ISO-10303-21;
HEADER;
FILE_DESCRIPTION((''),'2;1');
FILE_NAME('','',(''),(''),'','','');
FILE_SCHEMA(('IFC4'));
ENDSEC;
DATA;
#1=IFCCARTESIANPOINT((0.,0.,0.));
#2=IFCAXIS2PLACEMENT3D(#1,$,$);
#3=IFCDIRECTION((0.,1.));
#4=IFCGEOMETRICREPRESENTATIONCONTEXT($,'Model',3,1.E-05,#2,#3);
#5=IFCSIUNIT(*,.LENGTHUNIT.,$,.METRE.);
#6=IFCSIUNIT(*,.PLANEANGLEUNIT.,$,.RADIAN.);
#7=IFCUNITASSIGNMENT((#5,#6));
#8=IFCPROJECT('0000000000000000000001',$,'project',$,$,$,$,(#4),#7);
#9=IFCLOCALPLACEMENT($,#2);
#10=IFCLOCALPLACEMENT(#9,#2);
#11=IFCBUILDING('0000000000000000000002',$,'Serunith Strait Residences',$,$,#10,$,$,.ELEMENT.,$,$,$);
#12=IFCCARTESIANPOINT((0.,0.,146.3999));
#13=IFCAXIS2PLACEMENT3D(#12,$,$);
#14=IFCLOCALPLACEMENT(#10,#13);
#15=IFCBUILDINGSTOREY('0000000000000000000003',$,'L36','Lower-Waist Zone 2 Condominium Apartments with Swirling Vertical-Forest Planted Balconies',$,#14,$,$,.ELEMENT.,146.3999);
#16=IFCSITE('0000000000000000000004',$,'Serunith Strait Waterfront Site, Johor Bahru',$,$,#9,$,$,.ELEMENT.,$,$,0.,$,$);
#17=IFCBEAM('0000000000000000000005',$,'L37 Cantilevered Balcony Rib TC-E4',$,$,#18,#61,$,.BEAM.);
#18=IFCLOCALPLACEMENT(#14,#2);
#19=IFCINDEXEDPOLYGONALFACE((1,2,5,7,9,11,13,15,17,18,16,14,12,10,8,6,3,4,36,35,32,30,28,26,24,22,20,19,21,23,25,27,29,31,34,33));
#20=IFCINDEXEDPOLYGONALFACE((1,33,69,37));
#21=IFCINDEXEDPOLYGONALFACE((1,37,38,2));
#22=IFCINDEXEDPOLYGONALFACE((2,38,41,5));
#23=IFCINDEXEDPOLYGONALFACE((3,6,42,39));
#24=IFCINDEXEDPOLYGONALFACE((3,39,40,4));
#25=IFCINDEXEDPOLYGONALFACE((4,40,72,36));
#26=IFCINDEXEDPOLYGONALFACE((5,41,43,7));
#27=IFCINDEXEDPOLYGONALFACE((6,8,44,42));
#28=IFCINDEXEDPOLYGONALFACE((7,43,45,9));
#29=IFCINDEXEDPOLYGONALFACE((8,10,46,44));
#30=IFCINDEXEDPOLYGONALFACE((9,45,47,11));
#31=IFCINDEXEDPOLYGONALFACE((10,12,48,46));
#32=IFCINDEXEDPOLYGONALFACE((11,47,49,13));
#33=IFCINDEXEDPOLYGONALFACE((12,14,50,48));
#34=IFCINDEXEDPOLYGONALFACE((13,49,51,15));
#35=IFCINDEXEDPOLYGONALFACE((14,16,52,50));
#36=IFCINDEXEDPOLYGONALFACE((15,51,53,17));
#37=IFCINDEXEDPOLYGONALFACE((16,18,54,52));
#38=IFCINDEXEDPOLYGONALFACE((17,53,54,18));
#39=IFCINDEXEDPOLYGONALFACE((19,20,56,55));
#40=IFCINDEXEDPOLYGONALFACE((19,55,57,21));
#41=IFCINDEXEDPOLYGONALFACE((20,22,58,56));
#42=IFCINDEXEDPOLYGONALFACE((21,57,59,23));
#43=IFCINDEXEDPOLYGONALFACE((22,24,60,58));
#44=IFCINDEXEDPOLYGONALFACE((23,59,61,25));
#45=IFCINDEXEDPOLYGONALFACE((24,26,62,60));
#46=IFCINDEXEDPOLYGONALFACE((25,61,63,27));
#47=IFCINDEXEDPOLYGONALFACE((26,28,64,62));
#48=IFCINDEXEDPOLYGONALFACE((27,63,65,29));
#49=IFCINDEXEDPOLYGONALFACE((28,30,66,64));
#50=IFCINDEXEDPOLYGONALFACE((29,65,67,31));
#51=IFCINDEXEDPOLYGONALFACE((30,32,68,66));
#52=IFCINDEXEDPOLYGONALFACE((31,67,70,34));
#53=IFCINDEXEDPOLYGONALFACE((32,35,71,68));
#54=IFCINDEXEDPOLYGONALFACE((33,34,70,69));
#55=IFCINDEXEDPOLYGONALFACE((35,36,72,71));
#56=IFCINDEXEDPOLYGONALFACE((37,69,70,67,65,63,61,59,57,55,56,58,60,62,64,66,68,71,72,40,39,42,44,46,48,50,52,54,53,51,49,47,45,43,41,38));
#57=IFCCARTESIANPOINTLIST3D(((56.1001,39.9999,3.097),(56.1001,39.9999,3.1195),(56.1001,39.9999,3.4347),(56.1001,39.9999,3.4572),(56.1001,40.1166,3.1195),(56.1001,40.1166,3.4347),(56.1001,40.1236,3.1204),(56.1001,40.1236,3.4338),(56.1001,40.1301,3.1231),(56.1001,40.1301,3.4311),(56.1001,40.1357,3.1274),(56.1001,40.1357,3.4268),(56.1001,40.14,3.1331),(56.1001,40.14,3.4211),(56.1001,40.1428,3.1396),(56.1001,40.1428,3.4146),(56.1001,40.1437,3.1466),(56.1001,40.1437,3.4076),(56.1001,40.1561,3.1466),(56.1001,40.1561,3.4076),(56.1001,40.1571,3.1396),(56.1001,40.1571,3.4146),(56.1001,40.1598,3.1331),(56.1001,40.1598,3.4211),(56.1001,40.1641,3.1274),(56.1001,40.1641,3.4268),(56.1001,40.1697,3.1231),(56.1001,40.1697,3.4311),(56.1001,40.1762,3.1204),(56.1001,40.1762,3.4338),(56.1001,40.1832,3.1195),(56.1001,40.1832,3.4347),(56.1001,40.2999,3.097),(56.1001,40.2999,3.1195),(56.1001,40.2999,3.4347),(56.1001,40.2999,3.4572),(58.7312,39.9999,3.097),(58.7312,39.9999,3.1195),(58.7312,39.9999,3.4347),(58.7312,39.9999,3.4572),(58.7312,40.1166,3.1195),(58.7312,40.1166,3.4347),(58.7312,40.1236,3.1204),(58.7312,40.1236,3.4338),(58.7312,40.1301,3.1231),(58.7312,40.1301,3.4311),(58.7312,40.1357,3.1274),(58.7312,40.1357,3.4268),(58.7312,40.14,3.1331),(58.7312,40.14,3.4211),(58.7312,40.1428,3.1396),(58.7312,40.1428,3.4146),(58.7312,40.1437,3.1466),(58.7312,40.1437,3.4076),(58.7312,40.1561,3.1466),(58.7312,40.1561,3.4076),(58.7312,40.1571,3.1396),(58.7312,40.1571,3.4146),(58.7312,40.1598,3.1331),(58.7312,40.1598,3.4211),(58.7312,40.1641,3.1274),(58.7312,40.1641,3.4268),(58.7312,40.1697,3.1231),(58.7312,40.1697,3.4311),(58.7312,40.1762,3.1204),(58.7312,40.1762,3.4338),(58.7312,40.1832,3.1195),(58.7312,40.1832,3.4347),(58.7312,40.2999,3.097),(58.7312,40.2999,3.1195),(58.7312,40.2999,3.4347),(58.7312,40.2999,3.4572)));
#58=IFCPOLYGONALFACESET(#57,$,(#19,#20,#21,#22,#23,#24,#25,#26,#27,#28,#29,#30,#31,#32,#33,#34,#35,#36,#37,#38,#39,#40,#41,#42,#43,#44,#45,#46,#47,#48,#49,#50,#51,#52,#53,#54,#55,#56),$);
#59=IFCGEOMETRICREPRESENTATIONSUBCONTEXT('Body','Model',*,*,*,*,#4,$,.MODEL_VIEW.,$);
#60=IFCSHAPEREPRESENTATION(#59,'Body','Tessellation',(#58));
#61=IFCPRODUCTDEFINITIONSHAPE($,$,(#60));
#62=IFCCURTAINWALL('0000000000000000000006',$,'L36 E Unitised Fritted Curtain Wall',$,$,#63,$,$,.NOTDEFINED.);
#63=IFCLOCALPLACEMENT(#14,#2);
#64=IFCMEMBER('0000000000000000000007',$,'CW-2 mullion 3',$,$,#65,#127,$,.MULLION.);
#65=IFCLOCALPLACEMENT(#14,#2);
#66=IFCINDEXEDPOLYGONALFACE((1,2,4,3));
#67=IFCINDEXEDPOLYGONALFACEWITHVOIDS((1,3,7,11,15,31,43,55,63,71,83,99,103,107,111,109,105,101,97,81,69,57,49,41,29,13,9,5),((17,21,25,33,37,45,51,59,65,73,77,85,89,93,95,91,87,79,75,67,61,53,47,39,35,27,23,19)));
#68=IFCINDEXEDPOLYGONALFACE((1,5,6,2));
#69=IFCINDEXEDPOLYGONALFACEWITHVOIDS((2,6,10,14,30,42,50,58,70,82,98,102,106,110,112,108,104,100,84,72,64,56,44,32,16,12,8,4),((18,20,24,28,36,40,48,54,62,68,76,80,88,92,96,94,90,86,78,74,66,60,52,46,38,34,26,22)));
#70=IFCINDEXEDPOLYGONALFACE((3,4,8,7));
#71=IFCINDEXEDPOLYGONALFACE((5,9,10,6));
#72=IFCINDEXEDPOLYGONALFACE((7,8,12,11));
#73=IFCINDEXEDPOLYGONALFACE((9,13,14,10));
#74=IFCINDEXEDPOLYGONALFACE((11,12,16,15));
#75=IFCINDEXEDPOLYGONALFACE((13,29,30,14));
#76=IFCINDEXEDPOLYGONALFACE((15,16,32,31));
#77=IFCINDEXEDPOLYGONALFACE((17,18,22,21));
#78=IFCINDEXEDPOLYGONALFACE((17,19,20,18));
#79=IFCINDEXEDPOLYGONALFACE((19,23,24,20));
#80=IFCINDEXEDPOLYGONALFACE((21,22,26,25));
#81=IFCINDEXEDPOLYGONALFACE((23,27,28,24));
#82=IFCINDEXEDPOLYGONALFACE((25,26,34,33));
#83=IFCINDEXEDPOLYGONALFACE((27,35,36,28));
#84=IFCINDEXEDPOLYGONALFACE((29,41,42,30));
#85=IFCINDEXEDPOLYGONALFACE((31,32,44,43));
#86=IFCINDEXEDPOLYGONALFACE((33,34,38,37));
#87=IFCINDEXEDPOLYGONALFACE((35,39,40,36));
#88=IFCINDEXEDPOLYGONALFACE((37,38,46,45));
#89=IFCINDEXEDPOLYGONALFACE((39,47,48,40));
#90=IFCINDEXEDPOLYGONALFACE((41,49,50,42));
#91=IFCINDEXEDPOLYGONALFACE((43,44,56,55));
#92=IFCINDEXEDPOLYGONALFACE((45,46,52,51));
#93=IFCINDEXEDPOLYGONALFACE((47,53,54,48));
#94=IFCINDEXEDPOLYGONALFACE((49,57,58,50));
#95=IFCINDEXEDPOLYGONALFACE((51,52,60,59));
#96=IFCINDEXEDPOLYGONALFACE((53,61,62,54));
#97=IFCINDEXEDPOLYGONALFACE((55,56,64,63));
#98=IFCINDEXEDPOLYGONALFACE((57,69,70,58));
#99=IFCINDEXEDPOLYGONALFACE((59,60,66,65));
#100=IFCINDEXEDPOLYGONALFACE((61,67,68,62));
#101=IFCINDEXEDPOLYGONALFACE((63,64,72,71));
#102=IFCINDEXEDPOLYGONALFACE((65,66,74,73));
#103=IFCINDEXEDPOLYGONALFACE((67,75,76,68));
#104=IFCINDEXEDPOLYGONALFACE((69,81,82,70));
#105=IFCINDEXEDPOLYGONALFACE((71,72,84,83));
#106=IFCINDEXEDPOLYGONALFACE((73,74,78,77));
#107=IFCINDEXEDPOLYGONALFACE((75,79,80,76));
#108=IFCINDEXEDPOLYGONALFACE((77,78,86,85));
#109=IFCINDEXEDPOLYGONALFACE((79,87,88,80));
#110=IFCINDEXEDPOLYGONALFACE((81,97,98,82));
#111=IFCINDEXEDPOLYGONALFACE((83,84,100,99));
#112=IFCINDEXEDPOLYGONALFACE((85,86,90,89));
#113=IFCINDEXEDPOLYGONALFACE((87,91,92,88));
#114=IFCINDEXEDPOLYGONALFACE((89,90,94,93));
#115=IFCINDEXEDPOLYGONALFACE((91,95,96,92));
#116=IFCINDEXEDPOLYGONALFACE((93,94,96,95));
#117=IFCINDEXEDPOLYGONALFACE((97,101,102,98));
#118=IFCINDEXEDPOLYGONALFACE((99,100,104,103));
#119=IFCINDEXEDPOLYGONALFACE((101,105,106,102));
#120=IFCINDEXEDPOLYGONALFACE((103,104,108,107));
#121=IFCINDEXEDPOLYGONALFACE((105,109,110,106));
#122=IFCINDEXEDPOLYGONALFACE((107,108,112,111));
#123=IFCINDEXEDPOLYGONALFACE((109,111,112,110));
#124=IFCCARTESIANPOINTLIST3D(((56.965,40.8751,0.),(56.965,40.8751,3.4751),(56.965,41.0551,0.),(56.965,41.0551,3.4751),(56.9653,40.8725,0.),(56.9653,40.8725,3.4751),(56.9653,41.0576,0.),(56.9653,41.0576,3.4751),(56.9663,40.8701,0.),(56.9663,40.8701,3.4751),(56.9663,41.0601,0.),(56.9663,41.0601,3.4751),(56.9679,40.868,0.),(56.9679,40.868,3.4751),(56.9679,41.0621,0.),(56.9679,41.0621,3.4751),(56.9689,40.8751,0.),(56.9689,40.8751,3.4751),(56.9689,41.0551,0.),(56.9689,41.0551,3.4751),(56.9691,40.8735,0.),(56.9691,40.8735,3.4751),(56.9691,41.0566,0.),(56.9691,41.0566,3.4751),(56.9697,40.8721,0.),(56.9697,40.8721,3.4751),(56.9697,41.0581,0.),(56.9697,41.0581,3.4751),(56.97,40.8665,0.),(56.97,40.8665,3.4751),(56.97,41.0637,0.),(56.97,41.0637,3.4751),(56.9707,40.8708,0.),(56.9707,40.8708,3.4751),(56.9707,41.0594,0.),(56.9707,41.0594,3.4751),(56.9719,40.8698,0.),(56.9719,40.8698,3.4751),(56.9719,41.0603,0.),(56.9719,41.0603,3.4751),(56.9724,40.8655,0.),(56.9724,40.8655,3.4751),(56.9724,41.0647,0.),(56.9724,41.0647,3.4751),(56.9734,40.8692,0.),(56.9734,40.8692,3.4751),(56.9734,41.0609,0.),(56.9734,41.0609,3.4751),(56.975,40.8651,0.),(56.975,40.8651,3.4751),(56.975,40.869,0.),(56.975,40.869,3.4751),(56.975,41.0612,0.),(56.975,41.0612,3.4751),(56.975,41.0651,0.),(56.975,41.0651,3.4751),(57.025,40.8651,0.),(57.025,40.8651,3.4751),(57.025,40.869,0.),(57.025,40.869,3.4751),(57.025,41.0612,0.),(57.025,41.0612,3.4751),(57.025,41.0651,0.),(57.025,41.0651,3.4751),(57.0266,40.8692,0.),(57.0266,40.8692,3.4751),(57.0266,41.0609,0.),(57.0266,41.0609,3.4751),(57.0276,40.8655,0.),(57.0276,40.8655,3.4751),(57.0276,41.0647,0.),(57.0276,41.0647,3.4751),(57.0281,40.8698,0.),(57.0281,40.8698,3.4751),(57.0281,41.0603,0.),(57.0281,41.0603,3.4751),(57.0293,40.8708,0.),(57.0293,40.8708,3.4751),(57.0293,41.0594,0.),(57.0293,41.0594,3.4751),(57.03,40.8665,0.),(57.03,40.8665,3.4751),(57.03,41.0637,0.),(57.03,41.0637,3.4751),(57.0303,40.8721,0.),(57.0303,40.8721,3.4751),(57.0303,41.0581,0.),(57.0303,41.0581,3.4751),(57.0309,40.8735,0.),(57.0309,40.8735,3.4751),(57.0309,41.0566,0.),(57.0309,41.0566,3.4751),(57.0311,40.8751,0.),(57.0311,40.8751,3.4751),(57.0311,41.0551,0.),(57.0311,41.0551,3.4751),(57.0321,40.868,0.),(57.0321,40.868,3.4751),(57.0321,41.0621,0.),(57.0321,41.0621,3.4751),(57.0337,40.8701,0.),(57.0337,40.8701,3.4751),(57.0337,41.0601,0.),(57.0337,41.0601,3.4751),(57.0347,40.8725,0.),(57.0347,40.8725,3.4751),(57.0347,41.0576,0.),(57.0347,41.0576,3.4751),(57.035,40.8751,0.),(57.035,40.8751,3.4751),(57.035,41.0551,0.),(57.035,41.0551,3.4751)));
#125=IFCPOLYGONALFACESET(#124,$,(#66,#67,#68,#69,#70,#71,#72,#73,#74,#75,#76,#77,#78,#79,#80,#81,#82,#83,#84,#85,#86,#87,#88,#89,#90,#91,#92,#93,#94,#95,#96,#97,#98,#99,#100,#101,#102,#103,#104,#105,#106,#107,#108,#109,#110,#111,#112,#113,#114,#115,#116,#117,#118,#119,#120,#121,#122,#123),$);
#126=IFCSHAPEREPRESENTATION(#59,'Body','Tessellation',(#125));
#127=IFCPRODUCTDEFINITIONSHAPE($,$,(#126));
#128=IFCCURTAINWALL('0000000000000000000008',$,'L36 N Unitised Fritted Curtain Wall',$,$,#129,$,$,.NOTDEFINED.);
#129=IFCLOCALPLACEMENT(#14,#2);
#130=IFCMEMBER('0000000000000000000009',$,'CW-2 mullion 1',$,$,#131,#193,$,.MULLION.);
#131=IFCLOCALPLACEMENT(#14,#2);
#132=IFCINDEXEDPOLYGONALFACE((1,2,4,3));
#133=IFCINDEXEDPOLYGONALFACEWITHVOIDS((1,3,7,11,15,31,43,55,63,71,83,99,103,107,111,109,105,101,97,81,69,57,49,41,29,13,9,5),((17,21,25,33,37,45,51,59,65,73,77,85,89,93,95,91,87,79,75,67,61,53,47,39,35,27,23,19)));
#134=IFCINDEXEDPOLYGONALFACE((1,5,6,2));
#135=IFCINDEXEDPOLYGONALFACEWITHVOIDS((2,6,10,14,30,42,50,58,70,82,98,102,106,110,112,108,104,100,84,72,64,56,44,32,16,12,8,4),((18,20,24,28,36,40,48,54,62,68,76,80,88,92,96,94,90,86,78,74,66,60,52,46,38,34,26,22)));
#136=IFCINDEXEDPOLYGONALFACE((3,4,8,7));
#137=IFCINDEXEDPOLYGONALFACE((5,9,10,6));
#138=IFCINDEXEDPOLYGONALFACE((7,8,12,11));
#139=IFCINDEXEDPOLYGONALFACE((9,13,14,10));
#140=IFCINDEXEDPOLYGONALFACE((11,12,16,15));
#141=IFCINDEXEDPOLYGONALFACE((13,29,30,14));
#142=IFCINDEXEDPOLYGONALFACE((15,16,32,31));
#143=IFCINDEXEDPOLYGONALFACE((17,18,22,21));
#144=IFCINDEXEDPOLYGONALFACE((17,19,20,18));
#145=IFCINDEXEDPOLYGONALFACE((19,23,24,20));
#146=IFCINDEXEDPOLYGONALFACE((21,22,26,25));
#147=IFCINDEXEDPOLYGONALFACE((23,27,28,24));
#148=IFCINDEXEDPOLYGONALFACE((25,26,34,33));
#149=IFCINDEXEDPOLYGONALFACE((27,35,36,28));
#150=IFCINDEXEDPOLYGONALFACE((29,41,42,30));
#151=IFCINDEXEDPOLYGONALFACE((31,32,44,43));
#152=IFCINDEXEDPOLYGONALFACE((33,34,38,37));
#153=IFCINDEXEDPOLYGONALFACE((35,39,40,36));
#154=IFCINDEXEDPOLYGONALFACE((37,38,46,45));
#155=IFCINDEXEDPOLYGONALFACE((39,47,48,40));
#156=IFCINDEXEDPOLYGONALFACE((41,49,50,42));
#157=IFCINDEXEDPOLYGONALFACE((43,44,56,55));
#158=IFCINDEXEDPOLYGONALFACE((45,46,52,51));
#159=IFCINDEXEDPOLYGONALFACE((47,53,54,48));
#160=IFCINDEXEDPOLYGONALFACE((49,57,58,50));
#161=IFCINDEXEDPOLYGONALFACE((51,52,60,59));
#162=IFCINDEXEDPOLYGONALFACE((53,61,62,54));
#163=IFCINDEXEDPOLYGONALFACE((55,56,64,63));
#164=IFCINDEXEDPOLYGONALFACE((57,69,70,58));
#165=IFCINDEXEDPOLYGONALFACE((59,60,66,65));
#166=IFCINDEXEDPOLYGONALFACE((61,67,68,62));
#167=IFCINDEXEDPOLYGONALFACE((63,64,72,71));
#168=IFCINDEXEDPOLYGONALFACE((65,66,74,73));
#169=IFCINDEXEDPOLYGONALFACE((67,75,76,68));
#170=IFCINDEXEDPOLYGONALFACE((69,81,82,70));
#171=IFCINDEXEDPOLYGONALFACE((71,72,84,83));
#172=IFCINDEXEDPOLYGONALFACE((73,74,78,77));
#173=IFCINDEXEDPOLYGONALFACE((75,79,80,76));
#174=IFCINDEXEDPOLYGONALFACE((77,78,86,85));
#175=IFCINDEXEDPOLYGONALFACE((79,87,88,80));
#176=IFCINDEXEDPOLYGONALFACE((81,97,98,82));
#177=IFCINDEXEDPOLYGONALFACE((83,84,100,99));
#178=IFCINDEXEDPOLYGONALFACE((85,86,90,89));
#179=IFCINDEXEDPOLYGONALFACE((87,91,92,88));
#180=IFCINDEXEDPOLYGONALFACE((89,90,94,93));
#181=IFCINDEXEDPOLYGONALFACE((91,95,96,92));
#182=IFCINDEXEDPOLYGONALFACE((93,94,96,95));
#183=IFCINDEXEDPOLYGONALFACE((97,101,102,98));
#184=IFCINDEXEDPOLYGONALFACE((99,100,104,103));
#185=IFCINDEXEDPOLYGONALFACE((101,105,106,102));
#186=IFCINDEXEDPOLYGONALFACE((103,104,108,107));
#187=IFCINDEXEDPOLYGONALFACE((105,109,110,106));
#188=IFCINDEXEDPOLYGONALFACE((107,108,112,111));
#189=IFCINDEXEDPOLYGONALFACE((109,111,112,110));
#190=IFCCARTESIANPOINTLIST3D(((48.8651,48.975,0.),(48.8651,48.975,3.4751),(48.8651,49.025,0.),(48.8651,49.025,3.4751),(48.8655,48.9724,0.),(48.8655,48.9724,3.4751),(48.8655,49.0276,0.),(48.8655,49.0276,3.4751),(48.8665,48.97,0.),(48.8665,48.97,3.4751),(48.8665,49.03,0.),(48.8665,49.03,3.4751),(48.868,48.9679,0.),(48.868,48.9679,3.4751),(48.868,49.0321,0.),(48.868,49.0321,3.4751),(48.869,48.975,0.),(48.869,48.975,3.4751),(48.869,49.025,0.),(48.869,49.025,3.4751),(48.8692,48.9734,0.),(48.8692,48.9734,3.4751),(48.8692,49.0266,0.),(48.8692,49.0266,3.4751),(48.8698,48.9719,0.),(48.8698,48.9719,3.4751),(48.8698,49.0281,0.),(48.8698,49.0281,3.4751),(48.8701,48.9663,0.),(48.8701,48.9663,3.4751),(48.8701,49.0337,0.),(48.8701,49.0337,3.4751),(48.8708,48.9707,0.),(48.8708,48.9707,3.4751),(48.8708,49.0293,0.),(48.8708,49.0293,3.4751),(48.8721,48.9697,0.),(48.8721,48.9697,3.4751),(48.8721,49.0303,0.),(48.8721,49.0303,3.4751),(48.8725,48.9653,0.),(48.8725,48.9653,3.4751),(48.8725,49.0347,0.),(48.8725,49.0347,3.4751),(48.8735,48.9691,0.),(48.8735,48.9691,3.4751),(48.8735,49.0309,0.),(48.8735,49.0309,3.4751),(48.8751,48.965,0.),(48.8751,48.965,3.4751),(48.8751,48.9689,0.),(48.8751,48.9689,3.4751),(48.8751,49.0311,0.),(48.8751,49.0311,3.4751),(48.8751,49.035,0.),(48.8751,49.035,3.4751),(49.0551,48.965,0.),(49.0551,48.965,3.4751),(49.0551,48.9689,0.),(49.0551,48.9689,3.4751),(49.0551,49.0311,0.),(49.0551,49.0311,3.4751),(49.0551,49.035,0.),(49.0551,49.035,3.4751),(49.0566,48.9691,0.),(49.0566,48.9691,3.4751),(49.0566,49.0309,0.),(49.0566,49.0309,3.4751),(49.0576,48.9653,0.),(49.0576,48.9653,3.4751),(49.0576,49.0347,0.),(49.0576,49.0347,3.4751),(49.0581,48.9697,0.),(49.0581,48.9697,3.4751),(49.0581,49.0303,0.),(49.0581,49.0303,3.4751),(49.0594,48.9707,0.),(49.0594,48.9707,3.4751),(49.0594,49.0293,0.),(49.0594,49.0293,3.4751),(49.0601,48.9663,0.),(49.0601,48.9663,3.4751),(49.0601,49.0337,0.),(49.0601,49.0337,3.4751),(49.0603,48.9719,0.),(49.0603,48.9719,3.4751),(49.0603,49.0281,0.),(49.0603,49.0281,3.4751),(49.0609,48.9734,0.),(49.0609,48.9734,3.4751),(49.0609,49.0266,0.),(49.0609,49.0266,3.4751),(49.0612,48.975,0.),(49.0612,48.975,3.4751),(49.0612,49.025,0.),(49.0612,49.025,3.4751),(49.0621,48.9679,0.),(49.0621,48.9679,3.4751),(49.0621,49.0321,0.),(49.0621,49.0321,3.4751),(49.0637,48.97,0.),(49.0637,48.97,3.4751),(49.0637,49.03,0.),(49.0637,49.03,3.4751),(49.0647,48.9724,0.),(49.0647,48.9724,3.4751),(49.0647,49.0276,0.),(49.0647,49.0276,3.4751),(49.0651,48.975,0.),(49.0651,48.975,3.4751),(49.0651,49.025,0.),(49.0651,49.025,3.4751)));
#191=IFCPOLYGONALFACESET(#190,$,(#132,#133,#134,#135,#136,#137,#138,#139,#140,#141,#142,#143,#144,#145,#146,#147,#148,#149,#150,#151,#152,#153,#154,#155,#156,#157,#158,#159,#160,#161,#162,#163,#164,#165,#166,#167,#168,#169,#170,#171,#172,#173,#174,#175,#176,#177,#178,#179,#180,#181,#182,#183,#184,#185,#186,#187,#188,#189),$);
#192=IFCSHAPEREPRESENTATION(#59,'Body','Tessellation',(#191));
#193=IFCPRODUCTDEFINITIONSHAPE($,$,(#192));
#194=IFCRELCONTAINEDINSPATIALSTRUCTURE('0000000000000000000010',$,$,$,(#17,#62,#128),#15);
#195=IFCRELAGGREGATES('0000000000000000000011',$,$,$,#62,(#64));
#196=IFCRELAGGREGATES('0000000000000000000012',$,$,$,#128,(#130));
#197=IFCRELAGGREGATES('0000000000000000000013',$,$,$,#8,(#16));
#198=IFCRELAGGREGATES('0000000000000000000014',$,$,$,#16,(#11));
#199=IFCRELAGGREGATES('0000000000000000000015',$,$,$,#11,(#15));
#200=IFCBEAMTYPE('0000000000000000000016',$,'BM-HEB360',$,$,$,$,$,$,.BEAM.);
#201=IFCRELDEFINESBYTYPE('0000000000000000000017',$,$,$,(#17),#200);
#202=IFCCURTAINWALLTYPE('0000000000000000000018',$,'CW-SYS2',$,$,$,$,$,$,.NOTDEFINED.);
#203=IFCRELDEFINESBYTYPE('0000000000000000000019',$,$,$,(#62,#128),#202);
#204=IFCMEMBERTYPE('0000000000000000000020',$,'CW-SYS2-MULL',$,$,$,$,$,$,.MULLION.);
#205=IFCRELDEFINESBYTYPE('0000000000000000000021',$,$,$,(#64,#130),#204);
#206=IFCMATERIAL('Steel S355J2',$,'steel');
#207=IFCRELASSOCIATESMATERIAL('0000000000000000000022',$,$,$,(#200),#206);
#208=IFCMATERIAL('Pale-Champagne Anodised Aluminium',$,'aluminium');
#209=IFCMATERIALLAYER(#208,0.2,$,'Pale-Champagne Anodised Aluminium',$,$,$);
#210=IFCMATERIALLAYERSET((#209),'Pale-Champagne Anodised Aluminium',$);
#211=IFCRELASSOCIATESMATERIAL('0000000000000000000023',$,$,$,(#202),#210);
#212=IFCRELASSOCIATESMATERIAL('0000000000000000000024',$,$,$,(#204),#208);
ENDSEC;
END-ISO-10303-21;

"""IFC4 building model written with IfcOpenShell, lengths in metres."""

from ifc_helpers import new_model, si_unit, direction, frame, origin, origin_2d, place, context, subcontext, project, spatial, hollow_rectangle, i_section, extrude, source, transform, mapped, material, layer, layer_set, material_profile, profile_set, type_object, element, aggregate, save


model = new_model("IFC4")

# Units and contexts
model_context = context("Model", 3, precision=1e-05, world=origin(), true_north=direction((0.0, 1.0)))
body_context = subcontext(model_context, "Body", "Model", "MODEL_VIEW")
ifc_project = project(units=[si_unit("LENGTHUNIT", "METRE"), si_unit("PLANEANGLEUNIT", "RADIAN")], contexts=[model_context])

# Site, building, storey
site_placement = place(None, origin())
site = spatial("IfcSite", under=ifc_project, at=site_placement, Name="Serunith Strait Waterfront Site, Johor Bahru", CompositionType="ELEMENT", RefElevation=0.0)
building_placement = place(site_placement, origin())
building = spatial("IfcBuilding", under=site, at=building_placement, Name="Serunith Strait Residences", CompositionType="ELEMENT")
storey_placement = place(building_placement, frame((0.0, 0.0, 146.3999)))
storey = spatial("IfcBuildingStorey", under=building, at=storey_placement, Name="L36", Description="Lower-Waist Zone 2 Condominium Apartments with Swirling Vertical-Forest Planted Balconies", CompositionType="ELEMENT", Elevation=146.3999)

# Beam
ifc_material_1 = material(Name="Steel S355J2", Category="steel")
ifc_material_profile_1 = material_profile(ifc_material_1, i_section(OverallWidth=0.3, OverallDepth=0.3601, WebThickness=0.0125, FlangeThickness=0.0225, FilletRadius=0.0271, at=origin_2d()), Name="HEB 360")
ifc_profile_set_1 = profile_set([ifc_material_profile_1], Name="Steel S355J2")
beam_type_1 = type_object("IfcBeamType", Name="BM-HEB360", PredefinedType="BEAM", material=ifc_profile_set_1)
shared_shape_1 = source(origin(), body_context, "Body", "SweptSolid", [
    extrude(i_section(OverallWidth=0.3, OverallDepth=0.3601, WebThickness=0.0125, FlangeThickness=0.0225, FilletRadius=0.0271, at=origin_2d()), origin(), (0.0, 0.0, 1.0), 2.6311),
])
beam_1_placement = place(storey_placement, frame((56.1001, 40.1499, 3.2771), z_axis=(1.0, 0.0, 0.0), x_axis=(0.0, 1.0, 0.0)))
element("IfcBeam", 1, at=beam_1_placement, inside=storey, type_object=beam_type_1, Name="L37 Cantilevered Balcony Rib TC-E4", PredefinedType="BEAM", context=body_context, shape_type="MappedRepresentation", body=[
    mapped(shared_shape_1, transform((0.0, 0.0, 0.0), scale=1.0)),
])

# Curtain wall, member
ifc_material_2 = material(Name="Pale-Champagne Anodised Aluminium", Category="aluminium")
ifc_layer_1 = layer(ifc_material_2, 0.2, Name="Pale-Champagne Anodised Aluminium")
ifc_layer_set_1 = layer_set([ifc_layer_1], Name="Pale-Champagne Anodised Aluminium")
curtain_wall_type = type_object("IfcCurtainWallType", Name="CW-SYS2", PredefinedType="NOTDEFINED", material=ifc_layer_set_1)
curtain_wall_1_placement = place(storey_placement, origin())
curtain_wall_1 = element("IfcCurtainWall", 2, at=curtain_wall_1_placement, inside=storey, type_object=curtain_wall_type, Name="L36 E Unitised Fritted Curtain Wall", PredefinedType="NOTDEFINED")
ifc_material_profile_2 = material_profile(ifc_material_2, hollow_rectangle(XDim=0.0701, YDim=0.2, WallThickness=0.0039, InnerFilletRadius=0.0061, OuterFilletRadius=0.01, at=origin_2d()), Name="ALU 200x70x4")
ifc_profile_set_2 = profile_set([ifc_material_profile_2], Name="Pale-Champagne Anodised Aluminium")
member_type_1 = type_object("IfcMemberType", Name="CW-SYS2-MULL", PredefinedType="MULLION", material=ifc_profile_set_2)
shared_shape_2 = source(origin(), body_context, "Body", "SweptSolid", [
    extrude(hollow_rectangle(XDim=0.0701, YDim=0.2, WallThickness=0.0039, InnerFilletRadius=0.0061, OuterFilletRadius=0.01, at=origin_2d()), origin(), (0.0, 0.0, 1.0), 3.4751),
])
member_1_placement = place(storey_placement, frame((57.0, 40.9651, 0.0), z_axis=(0.0, 0.0, 1.0), x_axis=(-1.0, 0.0, 0.0)))
member_1 = element("IfcMember", 3, at=member_1_placement, type_object=member_type_1, Name="CW-2 mullion 3", PredefinedType="MULLION", context=body_context, shape_type="MappedRepresentation", body=[
    mapped(shared_shape_2, transform((0.0, 0.0, 0.0), scale=1.0)),
])
aggregate(curtain_wall_1, [member_1])

# Curtain wall, member
curtain_wall_2_placement = place(storey_placement, origin())
curtain_wall_2 = element("IfcCurtainWall", 4, at=curtain_wall_2_placement, inside=storey, type_object=curtain_wall_type, Name="L36 N Unitised Fritted Curtain Wall", PredefinedType="NOTDEFINED")
member_2_placement = place(storey_placement, frame((48.9651, 49.0, 0.0), z_axis=(0.0, 0.0, 1.0), x_axis=(0.0, -1.0, 0.0)))
member_2 = element("IfcMember", 5, at=member_2_placement, type_object=member_type_1, Name="CW-2 mullion 1", PredefinedType="MULLION", context=body_context, shape_type="MappedRepresentation", body=[
    mapped(shared_shape_2, transform((0.0, 0.0, 0.0), scale=1.0)),
])
aggregate(curtain_wall_2, [member_2])

save(model, "model.ifc")
